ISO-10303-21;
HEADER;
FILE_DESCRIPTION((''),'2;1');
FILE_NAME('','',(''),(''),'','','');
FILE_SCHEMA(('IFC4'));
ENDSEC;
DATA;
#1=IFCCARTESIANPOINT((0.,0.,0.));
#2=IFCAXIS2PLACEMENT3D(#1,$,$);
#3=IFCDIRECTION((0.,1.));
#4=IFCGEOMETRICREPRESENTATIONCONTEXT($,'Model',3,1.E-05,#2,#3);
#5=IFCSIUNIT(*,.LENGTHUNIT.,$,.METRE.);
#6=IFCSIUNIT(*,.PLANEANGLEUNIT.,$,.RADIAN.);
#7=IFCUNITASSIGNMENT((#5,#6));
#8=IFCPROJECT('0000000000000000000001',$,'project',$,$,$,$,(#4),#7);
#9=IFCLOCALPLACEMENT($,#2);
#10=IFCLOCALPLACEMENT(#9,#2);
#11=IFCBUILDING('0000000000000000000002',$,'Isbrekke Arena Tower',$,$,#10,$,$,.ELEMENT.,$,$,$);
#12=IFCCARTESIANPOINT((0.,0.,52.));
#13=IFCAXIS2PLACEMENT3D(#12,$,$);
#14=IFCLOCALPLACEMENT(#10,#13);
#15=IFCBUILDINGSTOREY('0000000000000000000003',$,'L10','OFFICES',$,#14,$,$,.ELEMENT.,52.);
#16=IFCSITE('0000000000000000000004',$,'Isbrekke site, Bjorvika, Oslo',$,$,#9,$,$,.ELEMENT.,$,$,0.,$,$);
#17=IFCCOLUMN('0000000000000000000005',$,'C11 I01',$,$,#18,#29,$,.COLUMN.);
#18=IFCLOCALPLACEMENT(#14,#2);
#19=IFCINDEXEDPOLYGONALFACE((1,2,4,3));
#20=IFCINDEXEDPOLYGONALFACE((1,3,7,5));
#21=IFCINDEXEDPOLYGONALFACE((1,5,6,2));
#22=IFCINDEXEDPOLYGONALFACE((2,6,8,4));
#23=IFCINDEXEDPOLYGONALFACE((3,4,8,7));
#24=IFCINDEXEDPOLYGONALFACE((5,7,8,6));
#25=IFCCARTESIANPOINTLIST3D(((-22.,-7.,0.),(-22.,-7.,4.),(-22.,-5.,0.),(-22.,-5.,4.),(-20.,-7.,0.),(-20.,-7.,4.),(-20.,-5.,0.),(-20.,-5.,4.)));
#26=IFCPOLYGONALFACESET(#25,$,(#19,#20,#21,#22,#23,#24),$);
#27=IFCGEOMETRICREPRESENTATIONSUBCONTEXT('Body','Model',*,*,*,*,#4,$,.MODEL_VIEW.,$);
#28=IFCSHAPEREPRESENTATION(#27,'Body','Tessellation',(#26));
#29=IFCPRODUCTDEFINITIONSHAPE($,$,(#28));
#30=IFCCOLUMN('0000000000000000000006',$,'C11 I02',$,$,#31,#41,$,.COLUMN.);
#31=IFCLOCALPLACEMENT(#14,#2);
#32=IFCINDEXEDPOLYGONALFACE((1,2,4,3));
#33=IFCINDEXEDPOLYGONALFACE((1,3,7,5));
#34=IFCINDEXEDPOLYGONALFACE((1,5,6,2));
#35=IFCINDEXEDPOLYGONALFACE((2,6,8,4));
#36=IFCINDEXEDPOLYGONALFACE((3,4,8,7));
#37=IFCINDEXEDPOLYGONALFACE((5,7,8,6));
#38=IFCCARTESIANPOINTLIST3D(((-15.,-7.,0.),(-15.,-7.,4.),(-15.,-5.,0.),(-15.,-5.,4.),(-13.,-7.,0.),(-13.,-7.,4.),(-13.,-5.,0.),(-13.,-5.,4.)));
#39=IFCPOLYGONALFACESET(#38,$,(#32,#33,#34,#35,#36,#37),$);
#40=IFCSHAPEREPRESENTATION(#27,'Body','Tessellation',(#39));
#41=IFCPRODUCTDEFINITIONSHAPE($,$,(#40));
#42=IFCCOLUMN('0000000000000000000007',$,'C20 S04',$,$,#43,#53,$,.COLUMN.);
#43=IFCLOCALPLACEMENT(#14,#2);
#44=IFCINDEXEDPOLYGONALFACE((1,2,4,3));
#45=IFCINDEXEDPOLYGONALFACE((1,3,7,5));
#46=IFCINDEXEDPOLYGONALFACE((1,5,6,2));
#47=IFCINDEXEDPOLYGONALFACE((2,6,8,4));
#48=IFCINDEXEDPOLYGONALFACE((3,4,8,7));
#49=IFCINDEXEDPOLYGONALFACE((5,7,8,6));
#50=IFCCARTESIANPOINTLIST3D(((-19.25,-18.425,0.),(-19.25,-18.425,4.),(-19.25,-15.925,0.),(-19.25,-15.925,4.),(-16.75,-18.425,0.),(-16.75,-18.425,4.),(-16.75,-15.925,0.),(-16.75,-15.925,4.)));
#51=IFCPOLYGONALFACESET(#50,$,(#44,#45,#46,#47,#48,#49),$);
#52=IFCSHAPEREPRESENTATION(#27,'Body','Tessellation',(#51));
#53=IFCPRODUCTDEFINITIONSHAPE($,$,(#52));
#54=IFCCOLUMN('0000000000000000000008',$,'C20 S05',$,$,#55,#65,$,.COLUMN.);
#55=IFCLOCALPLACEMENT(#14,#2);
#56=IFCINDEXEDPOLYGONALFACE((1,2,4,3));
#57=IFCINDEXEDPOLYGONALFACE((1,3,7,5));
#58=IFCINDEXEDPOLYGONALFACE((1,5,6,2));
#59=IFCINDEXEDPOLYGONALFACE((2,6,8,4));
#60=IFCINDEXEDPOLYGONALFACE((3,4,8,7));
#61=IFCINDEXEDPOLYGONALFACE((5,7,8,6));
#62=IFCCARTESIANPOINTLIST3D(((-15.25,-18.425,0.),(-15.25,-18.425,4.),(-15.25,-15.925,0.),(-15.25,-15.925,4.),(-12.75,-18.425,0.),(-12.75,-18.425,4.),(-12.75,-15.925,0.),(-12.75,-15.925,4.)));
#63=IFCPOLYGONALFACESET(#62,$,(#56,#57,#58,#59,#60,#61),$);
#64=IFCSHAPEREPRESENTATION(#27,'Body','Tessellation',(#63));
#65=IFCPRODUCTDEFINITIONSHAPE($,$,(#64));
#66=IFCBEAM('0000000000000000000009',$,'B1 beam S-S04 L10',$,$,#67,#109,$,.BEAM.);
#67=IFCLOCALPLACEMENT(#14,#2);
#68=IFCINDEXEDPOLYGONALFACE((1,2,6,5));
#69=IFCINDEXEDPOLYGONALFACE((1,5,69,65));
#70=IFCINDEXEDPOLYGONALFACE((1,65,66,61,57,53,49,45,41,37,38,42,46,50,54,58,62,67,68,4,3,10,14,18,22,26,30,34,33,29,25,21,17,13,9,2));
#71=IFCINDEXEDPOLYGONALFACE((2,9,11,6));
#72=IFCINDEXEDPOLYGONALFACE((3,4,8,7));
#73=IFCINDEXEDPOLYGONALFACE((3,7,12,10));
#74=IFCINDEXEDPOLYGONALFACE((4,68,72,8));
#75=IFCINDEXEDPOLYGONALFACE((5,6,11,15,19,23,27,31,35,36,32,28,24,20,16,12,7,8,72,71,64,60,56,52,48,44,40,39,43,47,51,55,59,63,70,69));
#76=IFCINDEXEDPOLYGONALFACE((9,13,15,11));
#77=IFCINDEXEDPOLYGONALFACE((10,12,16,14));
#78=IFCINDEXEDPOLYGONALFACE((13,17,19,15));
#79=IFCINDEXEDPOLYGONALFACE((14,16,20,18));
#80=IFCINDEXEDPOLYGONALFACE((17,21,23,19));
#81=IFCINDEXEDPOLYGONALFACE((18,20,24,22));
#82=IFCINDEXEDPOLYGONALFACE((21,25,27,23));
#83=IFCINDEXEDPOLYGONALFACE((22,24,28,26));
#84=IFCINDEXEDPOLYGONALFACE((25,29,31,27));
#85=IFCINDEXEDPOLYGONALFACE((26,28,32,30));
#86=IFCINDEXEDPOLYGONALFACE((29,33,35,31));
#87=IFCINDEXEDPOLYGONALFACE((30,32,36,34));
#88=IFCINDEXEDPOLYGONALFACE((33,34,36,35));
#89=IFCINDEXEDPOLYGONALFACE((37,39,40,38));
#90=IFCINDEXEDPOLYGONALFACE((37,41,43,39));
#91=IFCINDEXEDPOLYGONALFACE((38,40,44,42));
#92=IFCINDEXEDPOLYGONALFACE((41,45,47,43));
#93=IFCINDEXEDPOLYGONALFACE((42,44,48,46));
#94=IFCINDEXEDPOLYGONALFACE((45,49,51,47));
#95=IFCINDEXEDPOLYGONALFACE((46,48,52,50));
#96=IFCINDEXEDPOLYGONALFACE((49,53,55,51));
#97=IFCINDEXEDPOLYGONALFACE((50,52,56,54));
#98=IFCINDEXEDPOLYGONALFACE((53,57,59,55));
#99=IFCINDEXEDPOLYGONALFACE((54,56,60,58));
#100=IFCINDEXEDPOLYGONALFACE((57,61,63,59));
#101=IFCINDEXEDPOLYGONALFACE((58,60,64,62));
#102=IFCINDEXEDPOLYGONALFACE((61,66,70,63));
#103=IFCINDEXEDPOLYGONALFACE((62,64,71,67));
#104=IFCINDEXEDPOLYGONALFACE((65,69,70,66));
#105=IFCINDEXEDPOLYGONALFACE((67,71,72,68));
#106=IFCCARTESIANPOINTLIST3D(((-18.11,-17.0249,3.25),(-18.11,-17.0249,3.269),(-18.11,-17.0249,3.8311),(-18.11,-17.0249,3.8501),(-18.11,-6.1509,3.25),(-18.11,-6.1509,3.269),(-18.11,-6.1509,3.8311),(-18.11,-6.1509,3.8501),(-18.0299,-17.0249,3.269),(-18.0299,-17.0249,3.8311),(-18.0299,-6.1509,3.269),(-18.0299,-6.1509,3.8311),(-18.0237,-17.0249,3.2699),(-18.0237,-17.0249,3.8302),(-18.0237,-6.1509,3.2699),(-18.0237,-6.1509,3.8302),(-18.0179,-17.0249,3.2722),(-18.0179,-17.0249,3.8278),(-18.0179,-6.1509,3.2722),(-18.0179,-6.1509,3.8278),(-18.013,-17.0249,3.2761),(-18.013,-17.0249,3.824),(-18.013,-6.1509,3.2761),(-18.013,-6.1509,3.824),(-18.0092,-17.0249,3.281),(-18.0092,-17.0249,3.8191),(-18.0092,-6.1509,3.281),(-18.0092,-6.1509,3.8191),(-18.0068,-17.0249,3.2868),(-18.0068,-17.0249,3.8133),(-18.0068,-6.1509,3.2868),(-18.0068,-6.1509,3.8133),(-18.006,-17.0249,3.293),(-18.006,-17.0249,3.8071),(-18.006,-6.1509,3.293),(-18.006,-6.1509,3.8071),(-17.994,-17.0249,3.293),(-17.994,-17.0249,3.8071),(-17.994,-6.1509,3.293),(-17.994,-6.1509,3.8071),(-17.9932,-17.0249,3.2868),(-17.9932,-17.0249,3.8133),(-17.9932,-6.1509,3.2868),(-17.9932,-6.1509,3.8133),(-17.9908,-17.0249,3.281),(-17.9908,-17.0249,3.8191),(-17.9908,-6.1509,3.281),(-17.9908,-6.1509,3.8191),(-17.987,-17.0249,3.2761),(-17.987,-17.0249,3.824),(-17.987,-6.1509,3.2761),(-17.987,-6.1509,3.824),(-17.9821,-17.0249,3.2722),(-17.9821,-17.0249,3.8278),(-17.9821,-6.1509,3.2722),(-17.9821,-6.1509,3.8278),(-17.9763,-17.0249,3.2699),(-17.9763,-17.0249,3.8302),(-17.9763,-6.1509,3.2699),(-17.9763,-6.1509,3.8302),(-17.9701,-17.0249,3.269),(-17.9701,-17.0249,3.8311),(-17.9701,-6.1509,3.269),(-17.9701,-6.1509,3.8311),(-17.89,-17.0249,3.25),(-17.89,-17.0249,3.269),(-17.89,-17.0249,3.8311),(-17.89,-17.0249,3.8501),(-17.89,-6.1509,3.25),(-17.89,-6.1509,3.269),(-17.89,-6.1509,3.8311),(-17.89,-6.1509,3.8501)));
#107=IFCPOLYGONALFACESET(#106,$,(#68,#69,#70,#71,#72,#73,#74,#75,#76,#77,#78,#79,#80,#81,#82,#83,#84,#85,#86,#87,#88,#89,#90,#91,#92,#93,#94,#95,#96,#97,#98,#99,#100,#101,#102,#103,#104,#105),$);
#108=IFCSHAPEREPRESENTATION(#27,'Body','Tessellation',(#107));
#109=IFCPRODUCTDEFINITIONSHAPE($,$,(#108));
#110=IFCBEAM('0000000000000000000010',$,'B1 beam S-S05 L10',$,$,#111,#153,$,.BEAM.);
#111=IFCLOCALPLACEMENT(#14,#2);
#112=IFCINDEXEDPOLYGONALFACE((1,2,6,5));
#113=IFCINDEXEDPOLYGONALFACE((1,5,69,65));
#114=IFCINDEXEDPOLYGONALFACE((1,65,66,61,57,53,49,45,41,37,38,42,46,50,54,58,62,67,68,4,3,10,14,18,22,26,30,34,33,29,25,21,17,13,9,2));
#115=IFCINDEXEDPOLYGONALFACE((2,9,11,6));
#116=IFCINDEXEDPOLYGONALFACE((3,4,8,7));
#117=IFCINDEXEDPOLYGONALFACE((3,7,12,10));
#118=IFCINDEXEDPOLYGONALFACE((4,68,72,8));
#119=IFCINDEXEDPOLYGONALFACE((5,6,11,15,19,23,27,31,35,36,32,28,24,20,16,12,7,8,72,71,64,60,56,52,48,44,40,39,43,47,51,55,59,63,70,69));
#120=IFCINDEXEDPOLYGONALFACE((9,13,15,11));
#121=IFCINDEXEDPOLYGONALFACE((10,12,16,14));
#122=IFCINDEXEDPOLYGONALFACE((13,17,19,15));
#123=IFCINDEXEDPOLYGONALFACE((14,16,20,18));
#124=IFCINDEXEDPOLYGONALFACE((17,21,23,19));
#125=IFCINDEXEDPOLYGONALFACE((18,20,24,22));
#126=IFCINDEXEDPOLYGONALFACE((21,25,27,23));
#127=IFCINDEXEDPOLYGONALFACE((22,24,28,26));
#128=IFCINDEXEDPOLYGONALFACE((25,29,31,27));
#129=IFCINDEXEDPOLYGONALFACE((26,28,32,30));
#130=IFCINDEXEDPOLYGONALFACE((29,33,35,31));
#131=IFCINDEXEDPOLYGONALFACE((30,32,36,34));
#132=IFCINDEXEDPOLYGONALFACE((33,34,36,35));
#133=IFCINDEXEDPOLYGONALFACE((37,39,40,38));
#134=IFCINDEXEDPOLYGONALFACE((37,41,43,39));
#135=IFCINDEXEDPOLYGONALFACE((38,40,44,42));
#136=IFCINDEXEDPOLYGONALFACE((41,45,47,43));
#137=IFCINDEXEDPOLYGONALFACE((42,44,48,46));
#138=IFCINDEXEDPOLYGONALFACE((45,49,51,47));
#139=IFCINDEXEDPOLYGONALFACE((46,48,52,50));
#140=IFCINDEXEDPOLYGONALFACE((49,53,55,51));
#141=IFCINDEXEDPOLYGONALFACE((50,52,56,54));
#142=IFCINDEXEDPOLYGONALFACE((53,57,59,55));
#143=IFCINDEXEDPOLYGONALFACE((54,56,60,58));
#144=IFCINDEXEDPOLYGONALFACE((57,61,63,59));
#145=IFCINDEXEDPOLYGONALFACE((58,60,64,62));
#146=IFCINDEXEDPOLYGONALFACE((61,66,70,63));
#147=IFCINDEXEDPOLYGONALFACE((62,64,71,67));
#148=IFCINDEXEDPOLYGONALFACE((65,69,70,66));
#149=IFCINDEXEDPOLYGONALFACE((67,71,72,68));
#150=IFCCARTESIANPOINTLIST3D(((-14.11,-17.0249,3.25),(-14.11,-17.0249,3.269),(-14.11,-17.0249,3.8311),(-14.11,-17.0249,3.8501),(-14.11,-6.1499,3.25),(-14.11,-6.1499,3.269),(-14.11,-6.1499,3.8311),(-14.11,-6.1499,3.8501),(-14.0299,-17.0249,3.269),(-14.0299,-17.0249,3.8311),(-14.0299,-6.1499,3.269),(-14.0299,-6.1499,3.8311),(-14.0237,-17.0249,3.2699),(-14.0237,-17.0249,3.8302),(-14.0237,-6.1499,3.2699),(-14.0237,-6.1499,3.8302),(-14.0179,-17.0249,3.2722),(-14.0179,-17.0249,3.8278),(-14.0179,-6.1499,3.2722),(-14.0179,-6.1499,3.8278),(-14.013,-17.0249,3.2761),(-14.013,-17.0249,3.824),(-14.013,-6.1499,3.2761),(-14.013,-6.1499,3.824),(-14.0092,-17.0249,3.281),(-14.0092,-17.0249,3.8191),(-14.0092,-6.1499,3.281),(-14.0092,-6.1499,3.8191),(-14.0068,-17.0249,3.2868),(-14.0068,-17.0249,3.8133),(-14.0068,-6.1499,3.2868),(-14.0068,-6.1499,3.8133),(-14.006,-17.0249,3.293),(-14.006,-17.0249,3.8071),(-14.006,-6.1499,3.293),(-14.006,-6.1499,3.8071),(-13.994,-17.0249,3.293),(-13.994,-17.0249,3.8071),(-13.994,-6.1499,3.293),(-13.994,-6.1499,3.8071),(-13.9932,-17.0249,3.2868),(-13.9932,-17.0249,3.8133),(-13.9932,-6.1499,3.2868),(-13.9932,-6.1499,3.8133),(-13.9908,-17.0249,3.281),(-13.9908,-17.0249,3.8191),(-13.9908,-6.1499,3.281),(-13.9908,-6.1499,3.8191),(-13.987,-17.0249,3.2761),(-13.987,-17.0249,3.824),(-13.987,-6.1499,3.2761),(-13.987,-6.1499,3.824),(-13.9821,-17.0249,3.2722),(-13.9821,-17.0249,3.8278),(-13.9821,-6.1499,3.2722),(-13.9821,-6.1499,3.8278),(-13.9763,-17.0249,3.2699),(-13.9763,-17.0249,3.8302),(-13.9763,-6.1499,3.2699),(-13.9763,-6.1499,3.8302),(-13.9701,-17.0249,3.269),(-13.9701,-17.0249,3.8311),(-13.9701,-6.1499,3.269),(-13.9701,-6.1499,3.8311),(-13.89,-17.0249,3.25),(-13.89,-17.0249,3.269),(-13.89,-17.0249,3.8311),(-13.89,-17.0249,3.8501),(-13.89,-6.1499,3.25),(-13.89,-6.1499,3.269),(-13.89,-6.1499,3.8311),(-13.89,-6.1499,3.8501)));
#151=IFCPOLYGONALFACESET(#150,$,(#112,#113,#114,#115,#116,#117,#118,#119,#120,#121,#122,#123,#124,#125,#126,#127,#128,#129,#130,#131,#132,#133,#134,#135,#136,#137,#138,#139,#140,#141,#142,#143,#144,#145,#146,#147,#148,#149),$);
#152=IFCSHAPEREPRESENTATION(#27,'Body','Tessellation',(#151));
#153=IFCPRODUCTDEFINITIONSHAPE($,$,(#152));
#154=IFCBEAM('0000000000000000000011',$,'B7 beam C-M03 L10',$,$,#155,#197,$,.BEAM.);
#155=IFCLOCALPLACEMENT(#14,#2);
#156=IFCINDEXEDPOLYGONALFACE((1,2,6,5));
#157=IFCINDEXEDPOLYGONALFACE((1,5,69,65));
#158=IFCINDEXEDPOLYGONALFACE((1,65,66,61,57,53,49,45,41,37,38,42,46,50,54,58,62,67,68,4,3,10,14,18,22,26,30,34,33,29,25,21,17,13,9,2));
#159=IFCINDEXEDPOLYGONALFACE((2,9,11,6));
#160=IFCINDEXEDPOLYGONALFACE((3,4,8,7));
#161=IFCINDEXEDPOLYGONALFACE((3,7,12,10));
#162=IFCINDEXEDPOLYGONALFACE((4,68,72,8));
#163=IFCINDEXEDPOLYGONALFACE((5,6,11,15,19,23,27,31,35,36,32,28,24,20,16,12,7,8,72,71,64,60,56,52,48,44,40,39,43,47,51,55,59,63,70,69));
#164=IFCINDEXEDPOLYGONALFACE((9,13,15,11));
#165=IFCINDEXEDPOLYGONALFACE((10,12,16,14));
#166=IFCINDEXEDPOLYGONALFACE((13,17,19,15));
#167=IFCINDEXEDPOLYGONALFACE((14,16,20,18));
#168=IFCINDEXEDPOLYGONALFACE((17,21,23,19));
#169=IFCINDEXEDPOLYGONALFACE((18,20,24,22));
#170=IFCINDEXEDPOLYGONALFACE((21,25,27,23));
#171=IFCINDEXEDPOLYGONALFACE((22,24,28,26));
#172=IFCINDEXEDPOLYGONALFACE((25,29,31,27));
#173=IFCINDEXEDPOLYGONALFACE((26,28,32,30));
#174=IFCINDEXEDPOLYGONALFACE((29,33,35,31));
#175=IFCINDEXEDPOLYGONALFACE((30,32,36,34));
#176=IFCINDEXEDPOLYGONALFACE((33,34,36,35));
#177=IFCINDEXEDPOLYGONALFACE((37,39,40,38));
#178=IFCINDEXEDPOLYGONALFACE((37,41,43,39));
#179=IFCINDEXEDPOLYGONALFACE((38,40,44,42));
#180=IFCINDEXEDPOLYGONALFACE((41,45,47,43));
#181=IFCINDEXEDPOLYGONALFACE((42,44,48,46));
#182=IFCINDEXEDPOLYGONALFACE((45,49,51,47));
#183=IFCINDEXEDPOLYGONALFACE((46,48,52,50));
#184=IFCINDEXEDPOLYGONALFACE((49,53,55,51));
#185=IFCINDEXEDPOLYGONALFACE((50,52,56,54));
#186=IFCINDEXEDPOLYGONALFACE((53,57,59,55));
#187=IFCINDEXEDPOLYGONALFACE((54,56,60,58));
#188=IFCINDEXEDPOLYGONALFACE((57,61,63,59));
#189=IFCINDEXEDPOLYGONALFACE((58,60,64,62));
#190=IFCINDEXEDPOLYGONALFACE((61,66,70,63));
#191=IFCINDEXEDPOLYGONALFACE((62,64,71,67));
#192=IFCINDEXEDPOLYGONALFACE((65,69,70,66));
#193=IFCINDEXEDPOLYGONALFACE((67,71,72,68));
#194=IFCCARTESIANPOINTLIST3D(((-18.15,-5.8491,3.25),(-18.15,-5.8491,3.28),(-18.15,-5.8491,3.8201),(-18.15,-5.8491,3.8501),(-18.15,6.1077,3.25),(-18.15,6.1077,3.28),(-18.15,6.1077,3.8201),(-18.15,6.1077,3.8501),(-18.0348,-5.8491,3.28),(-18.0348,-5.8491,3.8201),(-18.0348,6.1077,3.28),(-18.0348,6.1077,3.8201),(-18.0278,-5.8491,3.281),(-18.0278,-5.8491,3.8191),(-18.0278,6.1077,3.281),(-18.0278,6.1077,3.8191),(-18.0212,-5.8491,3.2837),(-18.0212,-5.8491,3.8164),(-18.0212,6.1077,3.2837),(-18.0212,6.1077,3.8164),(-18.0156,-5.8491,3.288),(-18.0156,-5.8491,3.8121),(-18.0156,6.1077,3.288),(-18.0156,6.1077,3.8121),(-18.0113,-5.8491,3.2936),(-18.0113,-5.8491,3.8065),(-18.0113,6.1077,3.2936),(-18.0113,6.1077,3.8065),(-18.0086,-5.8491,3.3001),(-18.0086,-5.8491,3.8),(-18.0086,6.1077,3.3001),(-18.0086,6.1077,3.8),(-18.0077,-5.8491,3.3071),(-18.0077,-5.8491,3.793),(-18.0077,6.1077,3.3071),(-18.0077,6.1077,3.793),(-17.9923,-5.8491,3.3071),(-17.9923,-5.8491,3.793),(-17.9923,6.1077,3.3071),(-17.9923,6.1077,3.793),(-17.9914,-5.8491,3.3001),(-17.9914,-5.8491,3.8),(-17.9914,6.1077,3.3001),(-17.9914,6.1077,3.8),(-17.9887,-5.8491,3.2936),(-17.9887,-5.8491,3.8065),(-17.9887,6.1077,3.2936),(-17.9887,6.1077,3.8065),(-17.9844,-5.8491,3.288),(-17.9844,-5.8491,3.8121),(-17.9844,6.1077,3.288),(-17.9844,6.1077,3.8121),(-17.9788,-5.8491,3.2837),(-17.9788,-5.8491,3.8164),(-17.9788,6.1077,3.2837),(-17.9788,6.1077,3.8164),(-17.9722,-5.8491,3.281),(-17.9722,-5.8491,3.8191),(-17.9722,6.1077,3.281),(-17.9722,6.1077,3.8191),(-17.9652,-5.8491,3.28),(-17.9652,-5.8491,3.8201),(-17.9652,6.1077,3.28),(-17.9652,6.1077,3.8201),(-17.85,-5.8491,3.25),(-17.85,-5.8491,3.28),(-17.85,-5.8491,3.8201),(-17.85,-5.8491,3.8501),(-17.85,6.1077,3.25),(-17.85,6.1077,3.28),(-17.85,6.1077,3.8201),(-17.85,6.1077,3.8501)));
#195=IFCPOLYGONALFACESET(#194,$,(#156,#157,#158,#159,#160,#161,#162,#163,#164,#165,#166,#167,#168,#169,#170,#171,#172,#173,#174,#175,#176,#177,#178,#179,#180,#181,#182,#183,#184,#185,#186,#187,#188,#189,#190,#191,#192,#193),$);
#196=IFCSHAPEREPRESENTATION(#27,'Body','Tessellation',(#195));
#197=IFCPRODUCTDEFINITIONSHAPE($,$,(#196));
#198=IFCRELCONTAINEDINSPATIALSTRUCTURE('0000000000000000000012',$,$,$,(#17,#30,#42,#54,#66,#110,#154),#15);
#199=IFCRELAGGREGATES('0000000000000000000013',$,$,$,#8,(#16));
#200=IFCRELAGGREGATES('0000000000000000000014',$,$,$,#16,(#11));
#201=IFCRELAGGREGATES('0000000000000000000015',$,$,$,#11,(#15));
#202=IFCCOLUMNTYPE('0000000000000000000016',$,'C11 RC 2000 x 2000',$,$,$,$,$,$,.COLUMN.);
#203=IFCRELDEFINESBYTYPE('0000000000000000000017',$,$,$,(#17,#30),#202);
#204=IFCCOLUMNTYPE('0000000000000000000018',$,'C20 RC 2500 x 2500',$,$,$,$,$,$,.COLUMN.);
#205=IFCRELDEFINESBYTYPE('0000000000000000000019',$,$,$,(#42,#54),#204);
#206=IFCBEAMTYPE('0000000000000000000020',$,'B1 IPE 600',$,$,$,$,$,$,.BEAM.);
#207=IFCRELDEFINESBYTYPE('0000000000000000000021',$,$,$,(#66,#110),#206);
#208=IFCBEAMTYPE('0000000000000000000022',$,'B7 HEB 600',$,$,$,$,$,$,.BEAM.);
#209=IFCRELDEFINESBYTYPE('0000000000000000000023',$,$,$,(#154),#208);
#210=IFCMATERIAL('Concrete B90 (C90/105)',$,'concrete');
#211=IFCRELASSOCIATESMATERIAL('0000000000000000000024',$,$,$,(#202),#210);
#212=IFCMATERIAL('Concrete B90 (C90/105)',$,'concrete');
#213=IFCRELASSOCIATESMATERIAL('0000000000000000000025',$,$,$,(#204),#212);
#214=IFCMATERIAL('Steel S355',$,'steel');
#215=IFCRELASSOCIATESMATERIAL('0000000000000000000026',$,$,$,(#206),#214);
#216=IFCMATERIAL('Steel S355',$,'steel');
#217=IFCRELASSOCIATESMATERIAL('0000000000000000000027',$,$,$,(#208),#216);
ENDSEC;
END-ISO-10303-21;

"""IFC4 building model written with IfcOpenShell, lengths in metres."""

from ifc_helpers import new_model, si_unit, direction, frame, origin, origin_2d, place, context, subcontext, project, spatial, rectangle, i_section, extrude, material, material_profile, profile_set, type_object, element, save


model = new_model("IFC4")

# Units and contexts
model_context = context("Model", 3, precision=1e-05, world=origin(), true_north=direction((0.0, 1.0)))
body_context = subcontext(model_context, "Body", "Model", "MODEL_VIEW")
ifc_project = project(units=[si_unit("LENGTHUNIT", "METRE"), si_unit("PLANEANGLEUNIT", "RADIAN")], contexts=[model_context])

# Site, building, storey
site_placement = place(None, origin())
site = spatial("IfcSite", under=ifc_project, at=site_placement, Name="Isbrekke site, Bjorvika, Oslo", CompositionType="ELEMENT", RefElevation=0.0)
building_placement = place(site_placement, origin())
building = spatial("IfcBuilding", under=site, at=building_placement, Name="Isbrekke Arena Tower", CompositionType="ELEMENT")
storey_placement = place(building_placement, frame((0.0, 0.0, 52.0)))
storey = spatial("IfcBuildingStorey", under=building, at=storey_placement, Name="L10", Description="OFFICES", CompositionType="ELEMENT", Elevation=52.0)

# Columns
ifc_material_1 = material(Name="Concrete B90 (C90/105)", Category="concrete")
ifc_material_profile_1 = material_profile(ifc_material_1, rectangle(XDim=2.0, YDim=2.0, at=origin_2d()), Name="RC 2000x2000")
ifc_profile_set_1 = profile_set([ifc_material_profile_1], Name="Concrete B90 (C90/105)")
column_type_1 = type_object("IfcColumnType", Name="C11 RC 2000 x 2000", PredefinedType="COLUMN", material=ifc_profile_set_1)
for number, where, z_axis, x_axis, name in (
    (1, (-21.0, -6.0, 0.0), (0.0, 0.0, 1.0), (1.0, 0.0, 0.0), "C11 I01"),
    (2, (-14.0, -6.0, 0.0), (0.0, 0.0, 1.0), (1.0, 0.0, 0.0), "C11 I02"),
):
    element("IfcColumn", number, at=place(storey_placement, frame(where, z_axis=z_axis, x_axis=x_axis)), inside=storey, type_object=column_type_1, Name=name, PredefinedType="COLUMN", context=body_context, shape_type="SweptSolid", body=[
        extrude(rectangle(XDim=2.0, YDim=2.0, at=origin_2d()), origin(), (0.0, 0.0, 1.0), 4.0),
    ])
ifc_material_2 = material(Name="Concrete B90 (C90/105)", Category="concrete")
ifc_material_profile_2 = material_profile(ifc_material_2, rectangle(XDim=2.5, YDim=2.5, at=origin_2d()), Name="RC 2500x2500")
ifc_profile_set_2 = profile_set([ifc_material_profile_2], Name="Concrete B90 (C90/105)")
column_type_2 = type_object("IfcColumnType", Name="C20 RC 2500 x 2500", PredefinedType="COLUMN", material=ifc_profile_set_2)
for number, where, z_axis, x_axis, name in (
    (3, (-18.0, -17.175, 0.0), (0.0, 0.0, 1.0), (1.0, 0.0, 0.0), "C20 S04"),
    (4, (-14.0, -17.175, 0.0), (0.0, 0.0, 1.0), (1.0, 0.0, 0.0), "C20 S05"),
):
    element("IfcColumn", number, at=place(storey_placement, frame(where, z_axis=z_axis, x_axis=x_axis)), inside=storey, type_object=column_type_2, Name=name, PredefinedType="COLUMN", context=body_context, shape_type="SweptSolid", body=[
        extrude(rectangle(XDim=2.5, YDim=2.5, at=origin_2d()), origin(), (0.0, 0.0, 1.0), 4.0),
    ])

# Beams
ifc_material_3 = material(Name="Steel S355", Category="steel")
ifc_material_profile_3 = material_profile(ifc_material_3, i_section(OverallWidth=0.22, OverallDepth=0.6001, WebThickness=0.012, FlangeThickness=0.019, FilletRadius=0.0239, at=origin_2d()), Name="IPE 600")
ifc_profile_set_3 = profile_set([ifc_material_profile_3], Name="Steel S355")
beam_type_1 = type_object("IfcBeamType", Name="B1 IPE 600", PredefinedType="BEAM", material=ifc_profile_set_3)
beam_1_placement = place(storey_placement, frame((-18.0, -17.0249, 3.55), z_axis=(0.0, 1.0, 0.0), x_axis=(-1.0, 0.0, 0.0)))
element("IfcBeam", 5, at=beam_1_placement, inside=storey, type_object=beam_type_1, Name="B1 beam S-S04 L10", PredefinedType="BEAM", context=body_context, shape_type="SweptSolid", body=[
    extrude(i_section(OverallWidth=0.22, OverallDepth=0.6001, WebThickness=0.012, FlangeThickness=0.019, FilletRadius=0.0239, at=origin_2d()), origin(), (0.0, 0.0, 1.0), 10.874),
])
beam_2_placement = place(storey_placement, frame((-14.0, -17.0249, 3.55), z_axis=(0.0, 1.0, 0.0), x_axis=(-1.0, 0.0, 0.0)))
element("IfcBeam", 6, at=beam_2_placement, inside=storey, type_object=beam_type_1, Name="B1 beam S-S05 L10", PredefinedType="BEAM", context=body_context, shape_type="SweptSolid", body=[
    extrude(i_section(OverallWidth=0.22, OverallDepth=0.6001, WebThickness=0.012, FlangeThickness=0.019, FilletRadius=0.0239, at=origin_2d()), origin(), (0.0, 0.0, 1.0), 10.875),
])
ifc_material_4 = material(Name="Steel S355", Category="steel")
ifc_material_profile_4 = material_profile(ifc_material_4, i_section(OverallWidth=0.3, OverallDepth=0.6001, WebThickness=0.0154, FlangeThickness=0.03, FilletRadius=0.0271, at=origin_2d()), Name="HEB 600")
ifc_profile_set_4 = profile_set([ifc_material_profile_4], Name="Steel S355")
beam_type_2 = type_object("IfcBeamType", Name="B7 HEB 600", PredefinedType="BEAM", material=ifc_profile_set_4)
beam_3_placement = place(storey_placement, frame((-18.0, -5.8491, 3.55), z_axis=(0.0, 1.0, 0.0), x_axis=(-1.0, 0.0, 0.0)))
element("IfcBeam", 7, at=beam_3_placement, inside=storey, type_object=beam_type_2, Name="B7 beam C-M03 L10", PredefinedType="BEAM", context=body_context, shape_type="SweptSolid", body=[
    extrude(i_section(OverallWidth=0.3, OverallDepth=0.6001, WebThickness=0.0154, FlangeThickness=0.03, FilletRadius=0.0271, at=origin_2d()), origin(), (0.0, 0.0, 1.0), 11.9568),
])

save(model, "model.ifc")
